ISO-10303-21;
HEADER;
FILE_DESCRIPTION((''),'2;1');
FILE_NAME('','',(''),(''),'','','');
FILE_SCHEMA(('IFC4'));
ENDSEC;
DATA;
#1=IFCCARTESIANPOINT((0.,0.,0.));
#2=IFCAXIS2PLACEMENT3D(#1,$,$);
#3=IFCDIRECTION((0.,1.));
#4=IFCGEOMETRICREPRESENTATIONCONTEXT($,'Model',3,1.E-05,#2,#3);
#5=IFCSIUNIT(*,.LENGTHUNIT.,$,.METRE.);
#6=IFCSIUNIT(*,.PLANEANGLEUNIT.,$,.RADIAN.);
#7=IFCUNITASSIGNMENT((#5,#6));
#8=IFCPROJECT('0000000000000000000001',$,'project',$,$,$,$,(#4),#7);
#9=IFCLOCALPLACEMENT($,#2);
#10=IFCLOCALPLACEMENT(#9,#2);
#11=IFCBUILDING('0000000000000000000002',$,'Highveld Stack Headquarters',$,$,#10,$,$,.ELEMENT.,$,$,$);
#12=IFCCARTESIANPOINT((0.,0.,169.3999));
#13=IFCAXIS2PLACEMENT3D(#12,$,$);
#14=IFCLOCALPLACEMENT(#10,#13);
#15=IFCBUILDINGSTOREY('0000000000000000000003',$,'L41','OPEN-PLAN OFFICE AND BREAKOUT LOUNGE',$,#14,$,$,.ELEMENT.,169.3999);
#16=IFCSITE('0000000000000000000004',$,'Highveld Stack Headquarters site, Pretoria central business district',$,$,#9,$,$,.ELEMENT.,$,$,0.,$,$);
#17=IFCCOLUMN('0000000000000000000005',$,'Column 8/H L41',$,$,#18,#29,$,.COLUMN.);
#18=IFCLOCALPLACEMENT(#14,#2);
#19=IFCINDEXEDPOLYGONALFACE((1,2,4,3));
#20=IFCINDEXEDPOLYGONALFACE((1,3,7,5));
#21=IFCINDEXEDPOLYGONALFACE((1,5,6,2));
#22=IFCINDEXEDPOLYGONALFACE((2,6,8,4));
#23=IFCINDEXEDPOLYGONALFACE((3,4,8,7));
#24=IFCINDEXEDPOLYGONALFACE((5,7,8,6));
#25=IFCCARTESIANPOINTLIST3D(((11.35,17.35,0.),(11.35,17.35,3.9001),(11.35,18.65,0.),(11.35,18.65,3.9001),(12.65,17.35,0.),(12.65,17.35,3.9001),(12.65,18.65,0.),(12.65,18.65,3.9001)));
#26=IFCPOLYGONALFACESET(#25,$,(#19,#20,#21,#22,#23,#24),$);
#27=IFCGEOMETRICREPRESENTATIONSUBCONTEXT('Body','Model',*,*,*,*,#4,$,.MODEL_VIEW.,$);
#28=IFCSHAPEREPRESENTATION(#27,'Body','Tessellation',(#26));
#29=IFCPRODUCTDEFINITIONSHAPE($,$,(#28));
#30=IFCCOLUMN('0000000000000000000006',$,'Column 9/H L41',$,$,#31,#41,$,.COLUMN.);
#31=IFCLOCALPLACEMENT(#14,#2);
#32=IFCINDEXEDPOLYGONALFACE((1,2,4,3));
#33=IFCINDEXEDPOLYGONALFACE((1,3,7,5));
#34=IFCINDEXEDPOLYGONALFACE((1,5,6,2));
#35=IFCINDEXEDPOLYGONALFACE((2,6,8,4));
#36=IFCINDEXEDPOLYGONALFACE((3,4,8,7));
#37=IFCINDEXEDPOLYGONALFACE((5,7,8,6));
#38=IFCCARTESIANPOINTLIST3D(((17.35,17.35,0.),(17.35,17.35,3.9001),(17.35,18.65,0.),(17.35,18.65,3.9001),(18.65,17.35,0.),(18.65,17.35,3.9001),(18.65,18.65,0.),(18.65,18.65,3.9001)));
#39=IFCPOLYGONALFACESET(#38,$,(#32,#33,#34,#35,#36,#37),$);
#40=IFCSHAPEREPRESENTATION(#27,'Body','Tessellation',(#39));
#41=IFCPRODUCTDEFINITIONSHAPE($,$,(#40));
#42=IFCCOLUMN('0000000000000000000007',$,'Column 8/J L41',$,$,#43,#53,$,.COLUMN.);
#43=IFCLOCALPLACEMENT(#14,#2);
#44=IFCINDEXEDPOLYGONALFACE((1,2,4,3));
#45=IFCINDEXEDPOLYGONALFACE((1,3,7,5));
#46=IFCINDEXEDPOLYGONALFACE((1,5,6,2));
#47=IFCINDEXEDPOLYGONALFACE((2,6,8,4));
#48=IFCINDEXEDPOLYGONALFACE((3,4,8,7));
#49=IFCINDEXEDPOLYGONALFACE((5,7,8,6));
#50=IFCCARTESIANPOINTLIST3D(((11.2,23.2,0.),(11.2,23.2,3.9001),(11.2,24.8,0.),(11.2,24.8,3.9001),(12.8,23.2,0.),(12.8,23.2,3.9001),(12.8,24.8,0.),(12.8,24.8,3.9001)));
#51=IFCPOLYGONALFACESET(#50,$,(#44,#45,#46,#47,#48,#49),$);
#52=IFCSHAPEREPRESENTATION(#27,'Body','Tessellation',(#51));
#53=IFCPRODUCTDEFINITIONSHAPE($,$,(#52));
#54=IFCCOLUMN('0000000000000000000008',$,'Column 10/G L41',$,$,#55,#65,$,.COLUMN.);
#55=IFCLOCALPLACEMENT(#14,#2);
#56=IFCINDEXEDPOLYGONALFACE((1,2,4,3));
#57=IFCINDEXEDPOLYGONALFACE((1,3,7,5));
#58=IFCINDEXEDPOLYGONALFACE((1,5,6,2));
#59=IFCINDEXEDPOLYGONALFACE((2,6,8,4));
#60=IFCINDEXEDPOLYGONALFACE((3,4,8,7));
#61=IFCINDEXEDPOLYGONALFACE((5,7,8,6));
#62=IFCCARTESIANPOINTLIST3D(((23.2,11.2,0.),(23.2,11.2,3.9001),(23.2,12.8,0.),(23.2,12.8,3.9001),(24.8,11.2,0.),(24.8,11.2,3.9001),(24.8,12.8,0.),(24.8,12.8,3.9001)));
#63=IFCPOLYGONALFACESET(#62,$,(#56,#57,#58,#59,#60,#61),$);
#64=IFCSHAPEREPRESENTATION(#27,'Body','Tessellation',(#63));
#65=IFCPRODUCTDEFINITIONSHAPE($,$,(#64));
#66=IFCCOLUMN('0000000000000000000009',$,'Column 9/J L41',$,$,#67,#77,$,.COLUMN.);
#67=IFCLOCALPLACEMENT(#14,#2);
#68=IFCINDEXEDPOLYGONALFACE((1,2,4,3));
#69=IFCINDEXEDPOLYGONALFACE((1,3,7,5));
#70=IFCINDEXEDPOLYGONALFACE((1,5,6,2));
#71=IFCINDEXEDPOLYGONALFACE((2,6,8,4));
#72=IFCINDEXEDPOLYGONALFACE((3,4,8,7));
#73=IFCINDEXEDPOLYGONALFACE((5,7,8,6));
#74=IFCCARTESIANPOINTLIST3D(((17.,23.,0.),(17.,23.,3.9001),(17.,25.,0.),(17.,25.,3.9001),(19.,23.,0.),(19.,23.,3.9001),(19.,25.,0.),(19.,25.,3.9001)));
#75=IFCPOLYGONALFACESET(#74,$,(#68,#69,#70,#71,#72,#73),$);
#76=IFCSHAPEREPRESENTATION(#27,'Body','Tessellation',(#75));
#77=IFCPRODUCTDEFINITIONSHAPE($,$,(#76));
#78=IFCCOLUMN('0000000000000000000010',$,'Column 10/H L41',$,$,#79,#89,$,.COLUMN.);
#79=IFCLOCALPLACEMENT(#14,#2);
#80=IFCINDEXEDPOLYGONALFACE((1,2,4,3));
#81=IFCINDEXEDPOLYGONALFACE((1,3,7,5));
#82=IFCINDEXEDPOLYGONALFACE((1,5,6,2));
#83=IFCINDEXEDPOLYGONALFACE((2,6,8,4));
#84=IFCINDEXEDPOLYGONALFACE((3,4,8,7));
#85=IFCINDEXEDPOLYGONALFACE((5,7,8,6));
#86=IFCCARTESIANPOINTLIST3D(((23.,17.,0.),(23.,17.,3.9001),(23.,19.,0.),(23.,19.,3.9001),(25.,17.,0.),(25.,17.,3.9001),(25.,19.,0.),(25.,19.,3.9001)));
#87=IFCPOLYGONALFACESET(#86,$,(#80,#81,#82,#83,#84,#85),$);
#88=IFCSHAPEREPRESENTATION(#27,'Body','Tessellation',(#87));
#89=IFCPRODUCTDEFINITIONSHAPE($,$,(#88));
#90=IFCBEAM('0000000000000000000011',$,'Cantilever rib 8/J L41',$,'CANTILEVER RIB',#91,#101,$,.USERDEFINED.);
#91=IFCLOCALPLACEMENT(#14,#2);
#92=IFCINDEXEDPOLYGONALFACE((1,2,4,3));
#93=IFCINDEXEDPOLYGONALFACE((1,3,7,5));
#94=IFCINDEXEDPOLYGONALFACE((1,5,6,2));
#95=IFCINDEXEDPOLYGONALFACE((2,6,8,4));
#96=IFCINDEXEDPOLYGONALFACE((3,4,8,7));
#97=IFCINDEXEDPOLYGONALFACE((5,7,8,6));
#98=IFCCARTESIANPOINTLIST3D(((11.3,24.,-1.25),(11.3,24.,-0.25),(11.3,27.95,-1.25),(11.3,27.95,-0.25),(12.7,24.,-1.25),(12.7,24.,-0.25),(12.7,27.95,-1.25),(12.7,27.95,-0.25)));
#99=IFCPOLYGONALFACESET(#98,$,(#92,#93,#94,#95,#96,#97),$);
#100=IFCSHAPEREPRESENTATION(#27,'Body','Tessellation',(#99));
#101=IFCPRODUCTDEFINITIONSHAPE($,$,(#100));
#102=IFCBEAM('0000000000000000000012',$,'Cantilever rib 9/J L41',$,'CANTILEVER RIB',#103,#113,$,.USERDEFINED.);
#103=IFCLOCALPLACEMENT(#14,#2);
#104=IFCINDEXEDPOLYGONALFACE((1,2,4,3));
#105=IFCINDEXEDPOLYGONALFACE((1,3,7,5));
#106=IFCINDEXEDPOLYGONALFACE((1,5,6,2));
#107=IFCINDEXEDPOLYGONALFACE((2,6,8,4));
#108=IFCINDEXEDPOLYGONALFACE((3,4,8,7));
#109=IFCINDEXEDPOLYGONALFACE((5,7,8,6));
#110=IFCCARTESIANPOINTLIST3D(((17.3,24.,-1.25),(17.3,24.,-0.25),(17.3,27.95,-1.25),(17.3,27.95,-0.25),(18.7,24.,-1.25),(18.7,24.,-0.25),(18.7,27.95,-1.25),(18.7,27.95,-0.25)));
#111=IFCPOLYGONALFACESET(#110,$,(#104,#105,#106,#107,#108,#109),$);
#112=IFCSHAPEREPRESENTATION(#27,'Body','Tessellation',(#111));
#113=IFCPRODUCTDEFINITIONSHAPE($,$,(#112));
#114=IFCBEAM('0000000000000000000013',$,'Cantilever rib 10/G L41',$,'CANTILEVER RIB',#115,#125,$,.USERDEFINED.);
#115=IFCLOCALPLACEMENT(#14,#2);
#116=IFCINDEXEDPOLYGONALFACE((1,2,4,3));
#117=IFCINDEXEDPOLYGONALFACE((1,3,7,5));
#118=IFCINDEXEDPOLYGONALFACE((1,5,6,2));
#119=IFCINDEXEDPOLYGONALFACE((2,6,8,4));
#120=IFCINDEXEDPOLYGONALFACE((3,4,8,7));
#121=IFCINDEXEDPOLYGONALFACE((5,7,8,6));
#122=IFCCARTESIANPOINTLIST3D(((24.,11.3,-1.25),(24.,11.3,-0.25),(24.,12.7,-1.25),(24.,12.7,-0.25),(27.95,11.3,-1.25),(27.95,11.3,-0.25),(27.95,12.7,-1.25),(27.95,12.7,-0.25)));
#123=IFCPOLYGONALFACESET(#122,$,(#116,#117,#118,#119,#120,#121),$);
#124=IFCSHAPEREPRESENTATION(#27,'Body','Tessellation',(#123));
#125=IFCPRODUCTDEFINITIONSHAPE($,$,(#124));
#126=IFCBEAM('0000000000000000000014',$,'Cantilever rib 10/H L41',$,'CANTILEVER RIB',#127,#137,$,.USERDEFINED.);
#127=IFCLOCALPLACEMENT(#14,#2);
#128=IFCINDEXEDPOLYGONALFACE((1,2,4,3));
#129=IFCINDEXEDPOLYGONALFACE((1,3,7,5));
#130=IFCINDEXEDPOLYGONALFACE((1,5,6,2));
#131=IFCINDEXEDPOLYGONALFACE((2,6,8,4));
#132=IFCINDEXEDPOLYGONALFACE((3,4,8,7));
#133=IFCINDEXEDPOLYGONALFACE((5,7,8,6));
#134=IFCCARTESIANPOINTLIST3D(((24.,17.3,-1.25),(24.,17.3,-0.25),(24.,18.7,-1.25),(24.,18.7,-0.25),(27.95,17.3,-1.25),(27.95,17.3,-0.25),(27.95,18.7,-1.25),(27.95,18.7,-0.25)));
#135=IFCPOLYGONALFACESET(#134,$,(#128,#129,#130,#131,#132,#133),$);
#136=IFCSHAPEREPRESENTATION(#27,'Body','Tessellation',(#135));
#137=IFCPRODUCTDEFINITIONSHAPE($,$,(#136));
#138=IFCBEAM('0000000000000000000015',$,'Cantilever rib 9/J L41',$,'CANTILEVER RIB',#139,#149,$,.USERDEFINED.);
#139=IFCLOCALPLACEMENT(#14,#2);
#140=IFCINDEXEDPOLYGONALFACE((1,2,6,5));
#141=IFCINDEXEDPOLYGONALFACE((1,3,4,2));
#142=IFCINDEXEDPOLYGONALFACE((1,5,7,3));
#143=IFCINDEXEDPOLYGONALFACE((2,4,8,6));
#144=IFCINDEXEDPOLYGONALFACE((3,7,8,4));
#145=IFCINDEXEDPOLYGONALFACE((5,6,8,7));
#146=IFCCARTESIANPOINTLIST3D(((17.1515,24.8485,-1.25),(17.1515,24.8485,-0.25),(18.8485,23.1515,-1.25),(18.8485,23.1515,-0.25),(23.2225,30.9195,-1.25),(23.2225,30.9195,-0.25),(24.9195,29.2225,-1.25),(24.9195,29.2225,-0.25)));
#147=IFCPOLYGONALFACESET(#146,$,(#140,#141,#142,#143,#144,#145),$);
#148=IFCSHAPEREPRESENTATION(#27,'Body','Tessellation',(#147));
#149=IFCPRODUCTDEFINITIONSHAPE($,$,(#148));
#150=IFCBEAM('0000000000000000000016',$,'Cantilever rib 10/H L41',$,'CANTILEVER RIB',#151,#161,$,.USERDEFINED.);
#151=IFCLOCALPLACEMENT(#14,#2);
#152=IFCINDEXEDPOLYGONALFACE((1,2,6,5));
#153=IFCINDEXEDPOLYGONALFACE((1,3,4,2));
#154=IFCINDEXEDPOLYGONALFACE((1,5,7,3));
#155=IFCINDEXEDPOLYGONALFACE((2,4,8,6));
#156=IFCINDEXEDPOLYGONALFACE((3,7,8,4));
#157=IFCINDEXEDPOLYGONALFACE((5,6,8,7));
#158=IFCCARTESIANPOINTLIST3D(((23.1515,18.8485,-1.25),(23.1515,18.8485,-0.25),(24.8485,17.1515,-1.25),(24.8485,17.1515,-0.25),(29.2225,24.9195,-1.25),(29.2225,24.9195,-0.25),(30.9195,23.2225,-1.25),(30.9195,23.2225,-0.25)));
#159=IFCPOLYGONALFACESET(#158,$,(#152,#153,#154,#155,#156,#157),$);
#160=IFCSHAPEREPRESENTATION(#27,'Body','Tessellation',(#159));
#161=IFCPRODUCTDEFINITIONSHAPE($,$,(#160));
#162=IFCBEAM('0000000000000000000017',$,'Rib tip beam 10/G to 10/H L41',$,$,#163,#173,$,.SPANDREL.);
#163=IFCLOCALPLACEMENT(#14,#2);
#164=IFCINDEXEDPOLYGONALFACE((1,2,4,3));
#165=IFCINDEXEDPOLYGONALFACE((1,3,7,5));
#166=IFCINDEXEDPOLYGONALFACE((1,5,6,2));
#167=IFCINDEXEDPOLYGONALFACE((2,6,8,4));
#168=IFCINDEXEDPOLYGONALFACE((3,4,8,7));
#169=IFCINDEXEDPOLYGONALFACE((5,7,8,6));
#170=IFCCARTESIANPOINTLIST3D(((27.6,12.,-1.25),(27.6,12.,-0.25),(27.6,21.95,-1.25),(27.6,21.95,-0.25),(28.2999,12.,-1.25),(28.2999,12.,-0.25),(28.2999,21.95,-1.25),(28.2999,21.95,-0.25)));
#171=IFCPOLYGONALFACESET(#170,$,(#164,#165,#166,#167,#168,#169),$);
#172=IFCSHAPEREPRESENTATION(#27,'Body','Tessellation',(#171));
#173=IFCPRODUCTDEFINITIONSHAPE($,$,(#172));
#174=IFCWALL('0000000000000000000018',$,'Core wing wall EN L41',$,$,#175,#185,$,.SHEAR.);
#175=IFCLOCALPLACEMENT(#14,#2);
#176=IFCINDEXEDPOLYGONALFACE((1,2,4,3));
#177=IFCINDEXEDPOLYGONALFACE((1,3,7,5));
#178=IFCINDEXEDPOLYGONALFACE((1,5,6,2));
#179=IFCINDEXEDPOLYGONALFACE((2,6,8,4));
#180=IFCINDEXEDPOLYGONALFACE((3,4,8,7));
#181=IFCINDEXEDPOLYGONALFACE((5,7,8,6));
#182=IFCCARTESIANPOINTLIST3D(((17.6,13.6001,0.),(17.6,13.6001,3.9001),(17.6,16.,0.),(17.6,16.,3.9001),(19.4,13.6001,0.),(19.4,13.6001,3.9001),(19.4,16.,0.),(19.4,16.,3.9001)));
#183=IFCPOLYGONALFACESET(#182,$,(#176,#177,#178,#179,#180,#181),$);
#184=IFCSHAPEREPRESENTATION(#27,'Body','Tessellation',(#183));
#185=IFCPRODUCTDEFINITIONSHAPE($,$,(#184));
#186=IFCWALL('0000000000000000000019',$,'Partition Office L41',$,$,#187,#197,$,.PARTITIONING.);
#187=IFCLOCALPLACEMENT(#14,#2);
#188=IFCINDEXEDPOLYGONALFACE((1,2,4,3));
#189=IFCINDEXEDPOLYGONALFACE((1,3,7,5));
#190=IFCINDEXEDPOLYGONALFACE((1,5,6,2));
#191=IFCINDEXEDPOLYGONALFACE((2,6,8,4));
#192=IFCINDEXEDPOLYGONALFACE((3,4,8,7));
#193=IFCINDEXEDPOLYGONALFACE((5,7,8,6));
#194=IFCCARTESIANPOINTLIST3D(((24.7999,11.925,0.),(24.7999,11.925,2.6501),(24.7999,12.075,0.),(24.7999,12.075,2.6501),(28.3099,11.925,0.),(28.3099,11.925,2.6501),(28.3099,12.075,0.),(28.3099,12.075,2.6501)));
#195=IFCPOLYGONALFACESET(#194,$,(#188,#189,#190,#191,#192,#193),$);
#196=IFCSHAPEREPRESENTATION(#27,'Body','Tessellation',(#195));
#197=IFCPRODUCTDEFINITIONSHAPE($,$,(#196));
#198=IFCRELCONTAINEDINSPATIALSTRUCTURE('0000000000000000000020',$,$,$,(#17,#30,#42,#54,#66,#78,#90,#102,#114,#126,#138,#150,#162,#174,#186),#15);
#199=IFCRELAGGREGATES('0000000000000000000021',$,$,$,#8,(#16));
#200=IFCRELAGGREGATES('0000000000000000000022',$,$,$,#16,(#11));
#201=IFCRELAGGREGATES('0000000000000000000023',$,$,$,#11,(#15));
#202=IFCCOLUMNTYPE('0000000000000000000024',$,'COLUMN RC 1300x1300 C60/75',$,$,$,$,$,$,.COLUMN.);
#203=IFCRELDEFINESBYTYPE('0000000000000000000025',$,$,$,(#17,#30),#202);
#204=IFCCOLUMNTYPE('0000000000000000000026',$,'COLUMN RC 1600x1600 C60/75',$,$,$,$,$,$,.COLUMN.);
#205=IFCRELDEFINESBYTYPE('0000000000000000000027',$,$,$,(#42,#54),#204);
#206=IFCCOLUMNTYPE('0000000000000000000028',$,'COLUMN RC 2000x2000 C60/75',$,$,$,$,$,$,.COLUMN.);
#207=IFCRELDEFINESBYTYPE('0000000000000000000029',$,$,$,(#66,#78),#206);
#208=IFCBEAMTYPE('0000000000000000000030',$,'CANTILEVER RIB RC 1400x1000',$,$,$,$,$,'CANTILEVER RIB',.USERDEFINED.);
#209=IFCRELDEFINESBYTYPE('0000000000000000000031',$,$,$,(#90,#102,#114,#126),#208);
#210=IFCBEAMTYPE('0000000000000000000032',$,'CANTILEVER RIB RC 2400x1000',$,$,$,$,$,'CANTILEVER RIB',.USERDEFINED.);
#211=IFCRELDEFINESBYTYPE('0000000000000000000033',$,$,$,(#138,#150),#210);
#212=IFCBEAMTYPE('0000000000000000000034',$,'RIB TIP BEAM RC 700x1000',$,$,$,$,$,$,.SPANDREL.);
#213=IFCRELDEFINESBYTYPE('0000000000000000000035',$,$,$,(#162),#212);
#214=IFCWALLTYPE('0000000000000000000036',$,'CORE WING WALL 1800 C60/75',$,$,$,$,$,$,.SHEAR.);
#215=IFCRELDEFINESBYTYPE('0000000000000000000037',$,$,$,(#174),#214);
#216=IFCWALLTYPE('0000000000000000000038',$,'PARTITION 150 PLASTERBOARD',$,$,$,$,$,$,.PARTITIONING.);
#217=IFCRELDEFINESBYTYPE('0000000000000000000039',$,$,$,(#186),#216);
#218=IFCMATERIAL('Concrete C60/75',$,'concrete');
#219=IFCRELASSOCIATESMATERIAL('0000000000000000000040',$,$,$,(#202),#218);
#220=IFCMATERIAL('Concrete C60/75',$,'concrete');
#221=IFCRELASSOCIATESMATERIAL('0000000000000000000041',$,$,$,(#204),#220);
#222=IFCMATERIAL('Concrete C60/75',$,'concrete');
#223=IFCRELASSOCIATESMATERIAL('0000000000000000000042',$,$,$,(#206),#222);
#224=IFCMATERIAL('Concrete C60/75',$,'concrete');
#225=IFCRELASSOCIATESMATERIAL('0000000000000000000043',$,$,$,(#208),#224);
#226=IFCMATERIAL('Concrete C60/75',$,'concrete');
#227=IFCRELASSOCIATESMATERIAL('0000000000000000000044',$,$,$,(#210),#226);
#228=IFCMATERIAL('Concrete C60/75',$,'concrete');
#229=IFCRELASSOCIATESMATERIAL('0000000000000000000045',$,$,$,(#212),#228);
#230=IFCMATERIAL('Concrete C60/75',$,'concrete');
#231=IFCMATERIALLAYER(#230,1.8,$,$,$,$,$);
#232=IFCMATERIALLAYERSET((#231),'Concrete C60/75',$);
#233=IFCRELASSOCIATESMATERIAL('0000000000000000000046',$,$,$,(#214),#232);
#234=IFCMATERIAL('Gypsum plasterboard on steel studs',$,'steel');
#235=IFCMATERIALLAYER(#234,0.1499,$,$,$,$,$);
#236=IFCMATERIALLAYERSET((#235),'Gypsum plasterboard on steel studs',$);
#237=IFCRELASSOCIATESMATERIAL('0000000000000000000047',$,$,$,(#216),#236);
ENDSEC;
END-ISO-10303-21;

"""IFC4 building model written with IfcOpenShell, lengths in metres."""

from ifc_helpers import new_model, si_unit, direction, frame, frame_2d, origin, origin_2d, place, context, subcontext, project, spatial, rectangle, extrude, material, layer, layer_set, material_profile, profile_set, type_object, element, save


model = new_model("IFC4")

# Units and contexts
model_context = context("Model", 3, precision=1e-05, world=origin(), true_north=direction((0.0, 1.0)))
body_context = subcontext(model_context, "Body", "Model", "MODEL_VIEW")
ifc_project = project(units=[si_unit("LENGTHUNIT", "METRE"), si_unit("PLANEANGLEUNIT", "RADIAN")], contexts=[model_context])

# Site, building, storey
site_placement = place(None, origin())
site = spatial("IfcSite", under=ifc_project, at=site_placement, Name="Highveld Stack Headquarters site, Pretoria central business district", CompositionType="ELEMENT", RefElevation=0.0)
building_placement = place(site_placement, origin())
building = spatial("IfcBuilding", under=site, at=building_placement, Name="Highveld Stack Headquarters", CompositionType="ELEMENT")
storey_placement = place(building_placement, frame((0.0, 0.0, 169.3999)))
storey = spatial("IfcBuildingStorey", under=building, at=storey_placement, Name="L41", Description="OPEN-PLAN OFFICE AND BREAKOUT LOUNGE", CompositionType="ELEMENT", Elevation=169.3999)

# Columns
ifc_material_1 = material(Name="Concrete C60/75", Category="concrete")
ifc_material_profile_1 = material_profile(ifc_material_1, rectangle(XDim=1.3, YDim=1.3, at=origin_2d()), Name="RC 1300x1300")
ifc_profile_set_1 = profile_set([ifc_material_profile_1], Name="Concrete C60/75")
column_type_1 = type_object("IfcColumnType", Name="COLUMN RC 1300x1300 C60/75", PredefinedType="COLUMN", material=ifc_profile_set_1)
for number, where, z_axis, x_axis, name in (
    (1, (12.0, 18.0, 0.0), (0.0, 0.0, 1.0), (1.0, 0.0, 0.0), "Column 8/H L41"),
    (2, (18.0, 18.0, 0.0), (0.0, 0.0, 1.0), (1.0, 0.0, 0.0), "Column 9/H L41"),
):
    element("IfcColumn", number, at=place(storey_placement, frame(where, z_axis=z_axis, x_axis=x_axis)), inside=storey, type_object=column_type_1, Name=name, PredefinedType="COLUMN", context=body_context, shape_type="SweptSolid", body=[
        extrude(rectangle(XDim=1.3, YDim=1.3, at=origin_2d()), origin(), (0.0, 0.0, 1.0), 3.9001),
    ])
ifc_material_2 = material(Name="Concrete C60/75", Category="concrete")
ifc_material_profile_2 = material_profile(ifc_material_2, rectangle(XDim=1.6001, YDim=1.6001, at=origin_2d()), Name="RC 1600x1600")
ifc_profile_set_2 = profile_set([ifc_material_profile_2], Name="Concrete C60/75")
column_type_2 = type_object("IfcColumnType", Name="COLUMN RC 1600x1600 C60/75", PredefinedType="COLUMN", material=ifc_profile_set_2)
for number, where, z_axis, x_axis, name in (
    (3, (12.0, 24.0, 0.0), (0.0, 0.0, 1.0), (1.0, 0.0, 0.0), "Column 8/J L41"),
    (4, (24.0, 12.0, 0.0), (0.0, 0.0, 1.0), (1.0, 0.0, 0.0), "Column 10/G L41"),
):
    element("IfcColumn", number, at=place(storey_placement, frame(where, z_axis=z_axis, x_axis=x_axis)), inside=storey, type_object=column_type_2, Name=name, PredefinedType="COLUMN", context=body_context, shape_type="SweptSolid", body=[
        extrude(rectangle(XDim=1.6001, YDim=1.6001, at=origin_2d()), origin(), (0.0, 0.0, 1.0), 3.9001),
    ])
ifc_material_3 = material(Name="Concrete C60/75", Category="concrete")
ifc_material_profile_3 = material_profile(ifc_material_3, rectangle(XDim=2.0, YDim=2.0, at=origin_2d()), Name="RC 2000x2000")
ifc_profile_set_3 = profile_set([ifc_material_profile_3], Name="Concrete C60/75")
column_type_3 = type_object("IfcColumnType", Name="COLUMN RC 2000x2000 C60/75", PredefinedType="COLUMN", material=ifc_profile_set_3)
for number, where, z_axis, x_axis, name in (
    (5, (18.0, 24.0, 0.0), (0.0, 0.0, 1.0), (1.0, 0.0, 0.0), "Column 9/J L41"),
    (6, (24.0, 18.0, 0.0), (0.0, 0.0, 1.0), (1.0, 0.0, 0.0), "Column 10/H L41"),
):
    element("IfcColumn", number, at=place(storey_placement, frame(where, z_axis=z_axis, x_axis=x_axis)), inside=storey, type_object=column_type_3, Name=name, PredefinedType="COLUMN", context=body_context, shape_type="SweptSolid", body=[
        extrude(rectangle(XDim=2.0, YDim=2.0, at=origin_2d()), origin(), (0.0, 0.0, 1.0), 3.9001),
    ])

# Beams
ifc_material_4 = material(Name="Concrete C60/75", Category="concrete")
ifc_material_profile_4 = material_profile(ifc_material_4, rectangle(XDim=1.3999, YDim=1.0, at=origin_2d()), Name="RC 1400x1000")
ifc_profile_set_4 = profile_set([ifc_material_profile_4], Name="Concrete C60/75")
beam_type_1 = type_object("IfcBeamType", Name="CANTILEVER RIB RC 1400x1000", ElementType="CANTILEVER RIB", PredefinedType="USERDEFINED", material=ifc_profile_set_4)
for number, where, z_axis, x_axis, name in (
    (7, (12.0, 24.0, -0.75), (0.0, 1.0, 0.0), (-1.0, 0.0, 0.0), "Cantilever rib 8/J L41"),
    (8, (18.0, 24.0, -0.75), (0.0, 1.0, 0.0), (-1.0, 0.0, 0.0), "Cantilever rib 9/J L41"),
    (9, (24.0, 12.0, -0.75), (1.0, 0.0, 0.0), (0.0, 1.0, 0.0), "Cantilever rib 10/G L41"),
    (10, (24.0, 18.0, -0.75), (1.0, 0.0, 0.0), (0.0, 1.0, 0.0), "Cantilever rib 10/H L41"),
):
    element("IfcBeam", number, at=place(storey_placement, frame(where, z_axis=z_axis, x_axis=x_axis)), inside=storey, type_object=beam_type_1, Name=name, ObjectType="CANTILEVER RIB", PredefinedType="USERDEFINED", context=body_context, shape_type="SweptSolid", body=[
        extrude(rectangle(XDim=1.3999, YDim=1.0, at=origin_2d()), origin(), (0.0, 0.0, 1.0), 3.95),
    ])
ifc_material_5 = material(Name="Concrete C60/75", Category="concrete")
ifc_material_profile_5 = material_profile(ifc_material_5, rectangle(XDim=2.3999, YDim=1.0, at=origin_2d()), Name="RC 2400x1000")
ifc_profile_set_5 = profile_set([ifc_material_profile_5], Name="Concrete C60/75")
beam_type_2 = type_object("IfcBeamType", Name="CANTILEVER RIB RC 2400x1000", ElementType="CANTILEVER RIB", PredefinedType="USERDEFINED", material=ifc_profile_set_5)
for number, where, z_axis, x_axis, name in (
    (11, (18.0, 24.0, -0.75), (0.707107, 0.707107, 0.0), (-0.707107, 0.707107, 0.0), "Cantilever rib 9/J L41"),
    (12, (24.0, 18.0, -0.75), (0.707107, 0.707107, 0.0), (-0.707107, 0.707107, 0.0), "Cantilever rib 10/H L41"),
):
    element("IfcBeam", number, at=place(storey_placement, frame(where, z_axis=z_axis, x_axis=x_axis)), inside=storey, type_object=beam_type_2, Name=name, ObjectType="CANTILEVER RIB", PredefinedType="USERDEFINED", context=body_context, shape_type="SweptSolid", body=[
        extrude(rectangle(XDim=2.3999, YDim=1.0, at=origin_2d()), origin(), (0.0, 0.0, 1.0), 8.5857),
    ])
ifc_material_6 = material(Name="Concrete C60/75", Category="concrete")
ifc_material_profile_6 = material_profile(ifc_material_6, rectangle(XDim=0.7, YDim=1.0, at=origin_2d()), Name="RC 700x1000")
ifc_profile_set_6 = profile_set([ifc_material_profile_6], Name="Concrete C60/75")
beam_type_3 = type_object("IfcBeamType", Name="RIB TIP BEAM RC 700x1000", PredefinedType="SPANDREL", material=ifc_profile_set_6)
beam_placement = place(storey_placement, frame((27.95, 12.0, -0.75), z_axis=(0.0, 1.0, 0.0), x_axis=(-1.0, 0.0, 0.0)))
element("IfcBeam", 13, at=beam_placement, inside=storey, type_object=beam_type_3, Name="Rib tip beam 10/G to 10/H L41", PredefinedType="SPANDREL", context=body_context, shape_type="SweptSolid", body=[
    extrude(rectangle(XDim=0.7, YDim=1.0, at=origin_2d()), origin(), (0.0, 0.0, 1.0), 9.95),
])

# Walls
ifc_material_7 = material(Name="Concrete C60/75", Category="concrete")
ifc_layer_1 = layer(ifc_material_7, 1.8)
ifc_layer_set_1 = layer_set([ifc_layer_1], Name="Concrete C60/75")
wall_type_1 = type_object("IfcWallType", Name="CORE WING WALL 1800 C60/75", PredefinedType="SHEAR", material=ifc_layer_set_1)
wall_1_placement = place(storey_placement, frame((18.5, 13.6001, 0.0), z_axis=(0.0, 0.0, 1.0), x_axis=(0.0, 1.0, 0.0)))
element("IfcWall", 14, at=wall_1_placement, inside=storey, type_object=wall_type_1, Name="Core wing wall EN L41", PredefinedType="SHEAR", context=body_context, shape_type="SweptSolid", body=[
    extrude(rectangle(XDim=2.3999, YDim=1.8, at=frame_2d((1.2, 0.0))), origin(), (0.0, 0.0, 1.0), 3.9001),
])
ifc_material_8 = material(Name="Gypsum plasterboard on steel studs", Category="steel")
ifc_layer_2 = layer(ifc_material_8, 0.1499)
ifc_layer_set_2 = layer_set([ifc_layer_2], Name="Gypsum plasterboard on steel studs")
wall_type_2 = type_object("IfcWallType", Name="PARTITION 150 PLASTERBOARD", PredefinedType="PARTITIONING", material=ifc_layer_set_2)
wall_2_placement = place(storey_placement, frame((24.8, 12.0, 0.0), z_axis=(0.0, 0.0, 1.0), x_axis=(1.0, 0.0, 0.0)))
element("IfcWall", 15, at=wall_2_placement, inside=storey, type_object=wall_type_2, Name="Partition Office L41", PredefinedType="PARTITIONING", context=body_context, shape_type="SweptSolid", body=[
    extrude(rectangle(XDim=3.51, YDim=0.1499, at=frame_2d((1.7549, 0.0))), origin(), (0.0, 0.0, 1.0), 2.6501),
])

save(model, "model.ifc")
